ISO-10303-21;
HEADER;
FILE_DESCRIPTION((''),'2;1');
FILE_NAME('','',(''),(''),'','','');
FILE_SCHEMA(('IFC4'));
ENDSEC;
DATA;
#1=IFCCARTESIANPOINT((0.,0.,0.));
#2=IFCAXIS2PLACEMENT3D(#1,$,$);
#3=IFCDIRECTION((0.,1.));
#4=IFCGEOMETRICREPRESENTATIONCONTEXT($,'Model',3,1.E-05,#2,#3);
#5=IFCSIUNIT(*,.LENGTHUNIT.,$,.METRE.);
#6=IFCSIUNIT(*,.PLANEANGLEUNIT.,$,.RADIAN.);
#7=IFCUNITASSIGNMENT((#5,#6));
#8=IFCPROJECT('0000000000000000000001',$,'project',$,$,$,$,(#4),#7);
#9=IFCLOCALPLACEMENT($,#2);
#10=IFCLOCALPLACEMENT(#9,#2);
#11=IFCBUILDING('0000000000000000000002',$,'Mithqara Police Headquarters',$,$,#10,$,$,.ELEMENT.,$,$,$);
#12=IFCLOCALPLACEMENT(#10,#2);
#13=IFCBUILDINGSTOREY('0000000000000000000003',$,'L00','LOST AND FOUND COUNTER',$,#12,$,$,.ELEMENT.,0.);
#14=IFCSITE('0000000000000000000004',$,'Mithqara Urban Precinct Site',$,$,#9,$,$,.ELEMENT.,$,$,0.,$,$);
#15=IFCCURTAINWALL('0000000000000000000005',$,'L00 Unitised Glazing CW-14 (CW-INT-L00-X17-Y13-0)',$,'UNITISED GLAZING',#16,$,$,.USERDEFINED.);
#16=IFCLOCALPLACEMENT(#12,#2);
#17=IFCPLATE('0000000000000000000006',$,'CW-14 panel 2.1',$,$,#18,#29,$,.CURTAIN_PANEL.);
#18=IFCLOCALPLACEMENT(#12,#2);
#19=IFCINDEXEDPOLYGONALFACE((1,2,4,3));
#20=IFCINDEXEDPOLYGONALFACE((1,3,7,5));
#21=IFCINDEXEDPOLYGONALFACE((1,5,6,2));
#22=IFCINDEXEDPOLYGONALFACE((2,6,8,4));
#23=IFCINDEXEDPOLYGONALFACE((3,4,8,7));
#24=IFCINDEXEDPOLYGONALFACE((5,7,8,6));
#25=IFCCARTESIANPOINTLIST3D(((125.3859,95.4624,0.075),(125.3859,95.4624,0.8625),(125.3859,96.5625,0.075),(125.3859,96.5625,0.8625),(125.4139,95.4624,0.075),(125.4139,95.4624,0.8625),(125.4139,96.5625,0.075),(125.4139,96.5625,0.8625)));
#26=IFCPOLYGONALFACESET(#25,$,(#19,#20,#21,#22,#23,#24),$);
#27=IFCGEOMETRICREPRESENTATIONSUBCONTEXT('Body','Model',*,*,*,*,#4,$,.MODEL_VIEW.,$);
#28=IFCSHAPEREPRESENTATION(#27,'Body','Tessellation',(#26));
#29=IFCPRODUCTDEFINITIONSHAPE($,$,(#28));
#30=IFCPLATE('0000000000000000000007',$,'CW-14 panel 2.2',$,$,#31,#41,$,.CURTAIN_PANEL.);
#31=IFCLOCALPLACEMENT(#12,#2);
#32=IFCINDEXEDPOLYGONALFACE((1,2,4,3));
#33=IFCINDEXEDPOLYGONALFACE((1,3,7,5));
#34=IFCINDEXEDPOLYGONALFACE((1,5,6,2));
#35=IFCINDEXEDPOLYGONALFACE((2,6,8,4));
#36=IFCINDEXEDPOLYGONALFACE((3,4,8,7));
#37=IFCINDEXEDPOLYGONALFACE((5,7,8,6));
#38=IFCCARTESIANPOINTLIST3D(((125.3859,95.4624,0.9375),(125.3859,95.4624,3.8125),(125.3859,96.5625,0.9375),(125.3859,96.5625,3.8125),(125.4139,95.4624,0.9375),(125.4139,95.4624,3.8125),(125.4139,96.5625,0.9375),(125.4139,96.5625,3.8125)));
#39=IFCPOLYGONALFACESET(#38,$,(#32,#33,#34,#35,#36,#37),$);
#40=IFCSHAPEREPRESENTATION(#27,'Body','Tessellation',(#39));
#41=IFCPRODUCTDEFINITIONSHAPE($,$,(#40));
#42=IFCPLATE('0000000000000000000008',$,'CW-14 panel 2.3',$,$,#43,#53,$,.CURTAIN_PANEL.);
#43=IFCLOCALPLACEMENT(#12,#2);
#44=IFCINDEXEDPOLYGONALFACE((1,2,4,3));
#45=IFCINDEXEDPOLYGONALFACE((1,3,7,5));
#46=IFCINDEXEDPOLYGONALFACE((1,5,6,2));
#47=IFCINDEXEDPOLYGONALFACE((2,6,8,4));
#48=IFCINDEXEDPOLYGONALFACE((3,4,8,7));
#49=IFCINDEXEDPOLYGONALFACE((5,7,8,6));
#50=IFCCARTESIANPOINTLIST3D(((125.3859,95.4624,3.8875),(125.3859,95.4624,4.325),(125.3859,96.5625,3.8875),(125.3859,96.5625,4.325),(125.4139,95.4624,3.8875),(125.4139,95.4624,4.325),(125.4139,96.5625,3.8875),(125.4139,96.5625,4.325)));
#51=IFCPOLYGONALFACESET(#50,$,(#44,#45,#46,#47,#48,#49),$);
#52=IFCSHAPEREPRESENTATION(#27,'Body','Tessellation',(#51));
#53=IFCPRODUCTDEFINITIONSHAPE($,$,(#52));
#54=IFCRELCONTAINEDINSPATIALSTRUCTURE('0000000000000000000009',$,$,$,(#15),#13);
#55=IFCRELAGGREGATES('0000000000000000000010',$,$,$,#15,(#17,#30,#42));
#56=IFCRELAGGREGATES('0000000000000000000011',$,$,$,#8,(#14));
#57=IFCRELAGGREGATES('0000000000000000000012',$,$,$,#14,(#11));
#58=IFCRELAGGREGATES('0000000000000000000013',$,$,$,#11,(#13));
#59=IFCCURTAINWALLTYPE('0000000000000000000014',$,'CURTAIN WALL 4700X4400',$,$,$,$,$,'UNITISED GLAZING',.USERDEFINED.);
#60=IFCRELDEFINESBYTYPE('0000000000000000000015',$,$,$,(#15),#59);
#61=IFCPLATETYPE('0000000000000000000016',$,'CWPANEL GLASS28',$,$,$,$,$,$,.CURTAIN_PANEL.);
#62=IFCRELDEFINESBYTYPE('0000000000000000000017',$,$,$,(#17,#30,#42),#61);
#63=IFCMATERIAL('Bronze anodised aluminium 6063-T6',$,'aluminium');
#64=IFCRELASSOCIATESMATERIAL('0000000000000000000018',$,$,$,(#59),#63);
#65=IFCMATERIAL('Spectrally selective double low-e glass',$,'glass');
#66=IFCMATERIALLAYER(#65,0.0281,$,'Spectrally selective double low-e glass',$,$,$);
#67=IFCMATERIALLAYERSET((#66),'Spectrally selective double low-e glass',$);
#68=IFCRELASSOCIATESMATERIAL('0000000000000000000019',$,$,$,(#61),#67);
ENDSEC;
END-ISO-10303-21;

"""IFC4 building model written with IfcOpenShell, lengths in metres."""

from ifc_helpers import new_model, si_unit, direction, frame, origin, origin_2d, place, context, subcontext, project, spatial, rectangle, extrude, material, layer, layer_set, type_object, element, aggregate, save


model = new_model("IFC4")

# Units and contexts
model_context = context("Model", 3, precision=1e-05, world=origin(), true_north=direction((0.0, 1.0)))
body_context = subcontext(model_context, "Body", "Model", "MODEL_VIEW")
ifc_project = project(units=[si_unit("LENGTHUNIT", "METRE"), si_unit("PLANEANGLEUNIT", "RADIAN")], contexts=[model_context])

# Site, building, storey
site_placement = place(None, origin())
site = spatial("IfcSite", under=ifc_project, at=site_placement, Name="Mithqara Urban Precinct Site", CompositionType="ELEMENT", RefElevation=0.0)
building_placement = place(site_placement, origin())
building = spatial("IfcBuilding", under=site, at=building_placement, Name="Mithqara Police Headquarters", CompositionType="ELEMENT")
storey_placement = place(building_placement, origin())
storey = spatial("IfcBuildingStorey", under=building, at=storey_placement, Name="L00", Description="LOST AND FOUND COUNTER", CompositionType="ELEMENT", Elevation=0.0)

# Curtain wall, plates
ifc_material_1 = material(Name="Bronze anodised aluminium 6063-T6", Category="aluminium")
curtain_wall_type = type_object("IfcCurtainWallType", Name="CURTAIN WALL 4700X4400", ElementType="UNITISED GLAZING", PredefinedType="USERDEFINED", material=ifc_material_1)
curtain_wall_placement = place(storey_placement, origin())
curtain_wall = element("IfcCurtainWall", 1, at=curtain_wall_placement, inside=storey, type_object=curtain_wall_type, Name="L00 Unitised Glazing CW-14 (CW-INT-L00-X17-Y13-0)", ObjectType="UNITISED GLAZING", PredefinedType="USERDEFINED")
ifc_material_2 = material(Name="Spectrally selective double low-e glass", Category="glass")
ifc_layer_1 = layer(ifc_material_2, 0.0281, Name="Spectrally selective double low-e glass")
ifc_layer_set_1 = layer_set([ifc_layer_1], Name="Spectrally selective double low-e glass")
plate_type = type_object("IfcPlateType", Name="CWPANEL GLASS28", PredefinedType="CURTAIN_PANEL", material=ifc_layer_set_1)
plate_1_placement = place(storey_placement, frame((125.3999, 96.0125, 0.075), z_axis=(0.0, 0.0, 1.0), x_axis=(0.0, 1.0, 0.0)))
plate_1 = element("IfcPlate", 2, at=plate_1_placement, type_object=plate_type, Name="CW-14 panel 2.1", PredefinedType="CURTAIN_PANEL", context=body_context, shape_type="SweptSolid", body=[
    extrude(rectangle(XDim=1.1001, YDim=0.0281, at=origin_2d()), origin(), (0.0, 0.0, 1.0), 0.7876),
])
plate_2_placement = place(storey_placement, frame((125.3999, 96.0125, 0.9375), z_axis=(0.0, 0.0, 1.0), x_axis=(0.0, 1.0, 0.0)))
plate_2 = element("IfcPlate", 3, at=plate_2_placement, type_object=plate_type, Name="CW-14 panel 2.2", PredefinedType="CURTAIN_PANEL", context=body_context, shape_type="SweptSolid", body=[
    extrude(rectangle(XDim=1.1001, YDim=0.0281, at=origin_2d()), origin(), (0.0, 0.0, 1.0), 2.875),
])
plate_3_placement = place(storey_placement, frame((125.3999, 96.0125, 3.8875), z_axis=(0.0, 0.0, 1.0), x_axis=(0.0, 1.0, 0.0)))
plate_3 = element("IfcPlate", 4, at=plate_3_placement, type_object=plate_type, Name="CW-14 panel 2.3", PredefinedType="CURTAIN_PANEL", context=body_context, shape_type="SweptSolid", body=[
    extrude(rectangle(XDim=1.1001, YDim=0.0281, at=origin_2d()), origin(), (0.0, 0.0, 1.0), 0.4375),
])
aggregate(curtain_wall, [plate_1, plate_2, plate_3])

save(model, "model.ifc")
